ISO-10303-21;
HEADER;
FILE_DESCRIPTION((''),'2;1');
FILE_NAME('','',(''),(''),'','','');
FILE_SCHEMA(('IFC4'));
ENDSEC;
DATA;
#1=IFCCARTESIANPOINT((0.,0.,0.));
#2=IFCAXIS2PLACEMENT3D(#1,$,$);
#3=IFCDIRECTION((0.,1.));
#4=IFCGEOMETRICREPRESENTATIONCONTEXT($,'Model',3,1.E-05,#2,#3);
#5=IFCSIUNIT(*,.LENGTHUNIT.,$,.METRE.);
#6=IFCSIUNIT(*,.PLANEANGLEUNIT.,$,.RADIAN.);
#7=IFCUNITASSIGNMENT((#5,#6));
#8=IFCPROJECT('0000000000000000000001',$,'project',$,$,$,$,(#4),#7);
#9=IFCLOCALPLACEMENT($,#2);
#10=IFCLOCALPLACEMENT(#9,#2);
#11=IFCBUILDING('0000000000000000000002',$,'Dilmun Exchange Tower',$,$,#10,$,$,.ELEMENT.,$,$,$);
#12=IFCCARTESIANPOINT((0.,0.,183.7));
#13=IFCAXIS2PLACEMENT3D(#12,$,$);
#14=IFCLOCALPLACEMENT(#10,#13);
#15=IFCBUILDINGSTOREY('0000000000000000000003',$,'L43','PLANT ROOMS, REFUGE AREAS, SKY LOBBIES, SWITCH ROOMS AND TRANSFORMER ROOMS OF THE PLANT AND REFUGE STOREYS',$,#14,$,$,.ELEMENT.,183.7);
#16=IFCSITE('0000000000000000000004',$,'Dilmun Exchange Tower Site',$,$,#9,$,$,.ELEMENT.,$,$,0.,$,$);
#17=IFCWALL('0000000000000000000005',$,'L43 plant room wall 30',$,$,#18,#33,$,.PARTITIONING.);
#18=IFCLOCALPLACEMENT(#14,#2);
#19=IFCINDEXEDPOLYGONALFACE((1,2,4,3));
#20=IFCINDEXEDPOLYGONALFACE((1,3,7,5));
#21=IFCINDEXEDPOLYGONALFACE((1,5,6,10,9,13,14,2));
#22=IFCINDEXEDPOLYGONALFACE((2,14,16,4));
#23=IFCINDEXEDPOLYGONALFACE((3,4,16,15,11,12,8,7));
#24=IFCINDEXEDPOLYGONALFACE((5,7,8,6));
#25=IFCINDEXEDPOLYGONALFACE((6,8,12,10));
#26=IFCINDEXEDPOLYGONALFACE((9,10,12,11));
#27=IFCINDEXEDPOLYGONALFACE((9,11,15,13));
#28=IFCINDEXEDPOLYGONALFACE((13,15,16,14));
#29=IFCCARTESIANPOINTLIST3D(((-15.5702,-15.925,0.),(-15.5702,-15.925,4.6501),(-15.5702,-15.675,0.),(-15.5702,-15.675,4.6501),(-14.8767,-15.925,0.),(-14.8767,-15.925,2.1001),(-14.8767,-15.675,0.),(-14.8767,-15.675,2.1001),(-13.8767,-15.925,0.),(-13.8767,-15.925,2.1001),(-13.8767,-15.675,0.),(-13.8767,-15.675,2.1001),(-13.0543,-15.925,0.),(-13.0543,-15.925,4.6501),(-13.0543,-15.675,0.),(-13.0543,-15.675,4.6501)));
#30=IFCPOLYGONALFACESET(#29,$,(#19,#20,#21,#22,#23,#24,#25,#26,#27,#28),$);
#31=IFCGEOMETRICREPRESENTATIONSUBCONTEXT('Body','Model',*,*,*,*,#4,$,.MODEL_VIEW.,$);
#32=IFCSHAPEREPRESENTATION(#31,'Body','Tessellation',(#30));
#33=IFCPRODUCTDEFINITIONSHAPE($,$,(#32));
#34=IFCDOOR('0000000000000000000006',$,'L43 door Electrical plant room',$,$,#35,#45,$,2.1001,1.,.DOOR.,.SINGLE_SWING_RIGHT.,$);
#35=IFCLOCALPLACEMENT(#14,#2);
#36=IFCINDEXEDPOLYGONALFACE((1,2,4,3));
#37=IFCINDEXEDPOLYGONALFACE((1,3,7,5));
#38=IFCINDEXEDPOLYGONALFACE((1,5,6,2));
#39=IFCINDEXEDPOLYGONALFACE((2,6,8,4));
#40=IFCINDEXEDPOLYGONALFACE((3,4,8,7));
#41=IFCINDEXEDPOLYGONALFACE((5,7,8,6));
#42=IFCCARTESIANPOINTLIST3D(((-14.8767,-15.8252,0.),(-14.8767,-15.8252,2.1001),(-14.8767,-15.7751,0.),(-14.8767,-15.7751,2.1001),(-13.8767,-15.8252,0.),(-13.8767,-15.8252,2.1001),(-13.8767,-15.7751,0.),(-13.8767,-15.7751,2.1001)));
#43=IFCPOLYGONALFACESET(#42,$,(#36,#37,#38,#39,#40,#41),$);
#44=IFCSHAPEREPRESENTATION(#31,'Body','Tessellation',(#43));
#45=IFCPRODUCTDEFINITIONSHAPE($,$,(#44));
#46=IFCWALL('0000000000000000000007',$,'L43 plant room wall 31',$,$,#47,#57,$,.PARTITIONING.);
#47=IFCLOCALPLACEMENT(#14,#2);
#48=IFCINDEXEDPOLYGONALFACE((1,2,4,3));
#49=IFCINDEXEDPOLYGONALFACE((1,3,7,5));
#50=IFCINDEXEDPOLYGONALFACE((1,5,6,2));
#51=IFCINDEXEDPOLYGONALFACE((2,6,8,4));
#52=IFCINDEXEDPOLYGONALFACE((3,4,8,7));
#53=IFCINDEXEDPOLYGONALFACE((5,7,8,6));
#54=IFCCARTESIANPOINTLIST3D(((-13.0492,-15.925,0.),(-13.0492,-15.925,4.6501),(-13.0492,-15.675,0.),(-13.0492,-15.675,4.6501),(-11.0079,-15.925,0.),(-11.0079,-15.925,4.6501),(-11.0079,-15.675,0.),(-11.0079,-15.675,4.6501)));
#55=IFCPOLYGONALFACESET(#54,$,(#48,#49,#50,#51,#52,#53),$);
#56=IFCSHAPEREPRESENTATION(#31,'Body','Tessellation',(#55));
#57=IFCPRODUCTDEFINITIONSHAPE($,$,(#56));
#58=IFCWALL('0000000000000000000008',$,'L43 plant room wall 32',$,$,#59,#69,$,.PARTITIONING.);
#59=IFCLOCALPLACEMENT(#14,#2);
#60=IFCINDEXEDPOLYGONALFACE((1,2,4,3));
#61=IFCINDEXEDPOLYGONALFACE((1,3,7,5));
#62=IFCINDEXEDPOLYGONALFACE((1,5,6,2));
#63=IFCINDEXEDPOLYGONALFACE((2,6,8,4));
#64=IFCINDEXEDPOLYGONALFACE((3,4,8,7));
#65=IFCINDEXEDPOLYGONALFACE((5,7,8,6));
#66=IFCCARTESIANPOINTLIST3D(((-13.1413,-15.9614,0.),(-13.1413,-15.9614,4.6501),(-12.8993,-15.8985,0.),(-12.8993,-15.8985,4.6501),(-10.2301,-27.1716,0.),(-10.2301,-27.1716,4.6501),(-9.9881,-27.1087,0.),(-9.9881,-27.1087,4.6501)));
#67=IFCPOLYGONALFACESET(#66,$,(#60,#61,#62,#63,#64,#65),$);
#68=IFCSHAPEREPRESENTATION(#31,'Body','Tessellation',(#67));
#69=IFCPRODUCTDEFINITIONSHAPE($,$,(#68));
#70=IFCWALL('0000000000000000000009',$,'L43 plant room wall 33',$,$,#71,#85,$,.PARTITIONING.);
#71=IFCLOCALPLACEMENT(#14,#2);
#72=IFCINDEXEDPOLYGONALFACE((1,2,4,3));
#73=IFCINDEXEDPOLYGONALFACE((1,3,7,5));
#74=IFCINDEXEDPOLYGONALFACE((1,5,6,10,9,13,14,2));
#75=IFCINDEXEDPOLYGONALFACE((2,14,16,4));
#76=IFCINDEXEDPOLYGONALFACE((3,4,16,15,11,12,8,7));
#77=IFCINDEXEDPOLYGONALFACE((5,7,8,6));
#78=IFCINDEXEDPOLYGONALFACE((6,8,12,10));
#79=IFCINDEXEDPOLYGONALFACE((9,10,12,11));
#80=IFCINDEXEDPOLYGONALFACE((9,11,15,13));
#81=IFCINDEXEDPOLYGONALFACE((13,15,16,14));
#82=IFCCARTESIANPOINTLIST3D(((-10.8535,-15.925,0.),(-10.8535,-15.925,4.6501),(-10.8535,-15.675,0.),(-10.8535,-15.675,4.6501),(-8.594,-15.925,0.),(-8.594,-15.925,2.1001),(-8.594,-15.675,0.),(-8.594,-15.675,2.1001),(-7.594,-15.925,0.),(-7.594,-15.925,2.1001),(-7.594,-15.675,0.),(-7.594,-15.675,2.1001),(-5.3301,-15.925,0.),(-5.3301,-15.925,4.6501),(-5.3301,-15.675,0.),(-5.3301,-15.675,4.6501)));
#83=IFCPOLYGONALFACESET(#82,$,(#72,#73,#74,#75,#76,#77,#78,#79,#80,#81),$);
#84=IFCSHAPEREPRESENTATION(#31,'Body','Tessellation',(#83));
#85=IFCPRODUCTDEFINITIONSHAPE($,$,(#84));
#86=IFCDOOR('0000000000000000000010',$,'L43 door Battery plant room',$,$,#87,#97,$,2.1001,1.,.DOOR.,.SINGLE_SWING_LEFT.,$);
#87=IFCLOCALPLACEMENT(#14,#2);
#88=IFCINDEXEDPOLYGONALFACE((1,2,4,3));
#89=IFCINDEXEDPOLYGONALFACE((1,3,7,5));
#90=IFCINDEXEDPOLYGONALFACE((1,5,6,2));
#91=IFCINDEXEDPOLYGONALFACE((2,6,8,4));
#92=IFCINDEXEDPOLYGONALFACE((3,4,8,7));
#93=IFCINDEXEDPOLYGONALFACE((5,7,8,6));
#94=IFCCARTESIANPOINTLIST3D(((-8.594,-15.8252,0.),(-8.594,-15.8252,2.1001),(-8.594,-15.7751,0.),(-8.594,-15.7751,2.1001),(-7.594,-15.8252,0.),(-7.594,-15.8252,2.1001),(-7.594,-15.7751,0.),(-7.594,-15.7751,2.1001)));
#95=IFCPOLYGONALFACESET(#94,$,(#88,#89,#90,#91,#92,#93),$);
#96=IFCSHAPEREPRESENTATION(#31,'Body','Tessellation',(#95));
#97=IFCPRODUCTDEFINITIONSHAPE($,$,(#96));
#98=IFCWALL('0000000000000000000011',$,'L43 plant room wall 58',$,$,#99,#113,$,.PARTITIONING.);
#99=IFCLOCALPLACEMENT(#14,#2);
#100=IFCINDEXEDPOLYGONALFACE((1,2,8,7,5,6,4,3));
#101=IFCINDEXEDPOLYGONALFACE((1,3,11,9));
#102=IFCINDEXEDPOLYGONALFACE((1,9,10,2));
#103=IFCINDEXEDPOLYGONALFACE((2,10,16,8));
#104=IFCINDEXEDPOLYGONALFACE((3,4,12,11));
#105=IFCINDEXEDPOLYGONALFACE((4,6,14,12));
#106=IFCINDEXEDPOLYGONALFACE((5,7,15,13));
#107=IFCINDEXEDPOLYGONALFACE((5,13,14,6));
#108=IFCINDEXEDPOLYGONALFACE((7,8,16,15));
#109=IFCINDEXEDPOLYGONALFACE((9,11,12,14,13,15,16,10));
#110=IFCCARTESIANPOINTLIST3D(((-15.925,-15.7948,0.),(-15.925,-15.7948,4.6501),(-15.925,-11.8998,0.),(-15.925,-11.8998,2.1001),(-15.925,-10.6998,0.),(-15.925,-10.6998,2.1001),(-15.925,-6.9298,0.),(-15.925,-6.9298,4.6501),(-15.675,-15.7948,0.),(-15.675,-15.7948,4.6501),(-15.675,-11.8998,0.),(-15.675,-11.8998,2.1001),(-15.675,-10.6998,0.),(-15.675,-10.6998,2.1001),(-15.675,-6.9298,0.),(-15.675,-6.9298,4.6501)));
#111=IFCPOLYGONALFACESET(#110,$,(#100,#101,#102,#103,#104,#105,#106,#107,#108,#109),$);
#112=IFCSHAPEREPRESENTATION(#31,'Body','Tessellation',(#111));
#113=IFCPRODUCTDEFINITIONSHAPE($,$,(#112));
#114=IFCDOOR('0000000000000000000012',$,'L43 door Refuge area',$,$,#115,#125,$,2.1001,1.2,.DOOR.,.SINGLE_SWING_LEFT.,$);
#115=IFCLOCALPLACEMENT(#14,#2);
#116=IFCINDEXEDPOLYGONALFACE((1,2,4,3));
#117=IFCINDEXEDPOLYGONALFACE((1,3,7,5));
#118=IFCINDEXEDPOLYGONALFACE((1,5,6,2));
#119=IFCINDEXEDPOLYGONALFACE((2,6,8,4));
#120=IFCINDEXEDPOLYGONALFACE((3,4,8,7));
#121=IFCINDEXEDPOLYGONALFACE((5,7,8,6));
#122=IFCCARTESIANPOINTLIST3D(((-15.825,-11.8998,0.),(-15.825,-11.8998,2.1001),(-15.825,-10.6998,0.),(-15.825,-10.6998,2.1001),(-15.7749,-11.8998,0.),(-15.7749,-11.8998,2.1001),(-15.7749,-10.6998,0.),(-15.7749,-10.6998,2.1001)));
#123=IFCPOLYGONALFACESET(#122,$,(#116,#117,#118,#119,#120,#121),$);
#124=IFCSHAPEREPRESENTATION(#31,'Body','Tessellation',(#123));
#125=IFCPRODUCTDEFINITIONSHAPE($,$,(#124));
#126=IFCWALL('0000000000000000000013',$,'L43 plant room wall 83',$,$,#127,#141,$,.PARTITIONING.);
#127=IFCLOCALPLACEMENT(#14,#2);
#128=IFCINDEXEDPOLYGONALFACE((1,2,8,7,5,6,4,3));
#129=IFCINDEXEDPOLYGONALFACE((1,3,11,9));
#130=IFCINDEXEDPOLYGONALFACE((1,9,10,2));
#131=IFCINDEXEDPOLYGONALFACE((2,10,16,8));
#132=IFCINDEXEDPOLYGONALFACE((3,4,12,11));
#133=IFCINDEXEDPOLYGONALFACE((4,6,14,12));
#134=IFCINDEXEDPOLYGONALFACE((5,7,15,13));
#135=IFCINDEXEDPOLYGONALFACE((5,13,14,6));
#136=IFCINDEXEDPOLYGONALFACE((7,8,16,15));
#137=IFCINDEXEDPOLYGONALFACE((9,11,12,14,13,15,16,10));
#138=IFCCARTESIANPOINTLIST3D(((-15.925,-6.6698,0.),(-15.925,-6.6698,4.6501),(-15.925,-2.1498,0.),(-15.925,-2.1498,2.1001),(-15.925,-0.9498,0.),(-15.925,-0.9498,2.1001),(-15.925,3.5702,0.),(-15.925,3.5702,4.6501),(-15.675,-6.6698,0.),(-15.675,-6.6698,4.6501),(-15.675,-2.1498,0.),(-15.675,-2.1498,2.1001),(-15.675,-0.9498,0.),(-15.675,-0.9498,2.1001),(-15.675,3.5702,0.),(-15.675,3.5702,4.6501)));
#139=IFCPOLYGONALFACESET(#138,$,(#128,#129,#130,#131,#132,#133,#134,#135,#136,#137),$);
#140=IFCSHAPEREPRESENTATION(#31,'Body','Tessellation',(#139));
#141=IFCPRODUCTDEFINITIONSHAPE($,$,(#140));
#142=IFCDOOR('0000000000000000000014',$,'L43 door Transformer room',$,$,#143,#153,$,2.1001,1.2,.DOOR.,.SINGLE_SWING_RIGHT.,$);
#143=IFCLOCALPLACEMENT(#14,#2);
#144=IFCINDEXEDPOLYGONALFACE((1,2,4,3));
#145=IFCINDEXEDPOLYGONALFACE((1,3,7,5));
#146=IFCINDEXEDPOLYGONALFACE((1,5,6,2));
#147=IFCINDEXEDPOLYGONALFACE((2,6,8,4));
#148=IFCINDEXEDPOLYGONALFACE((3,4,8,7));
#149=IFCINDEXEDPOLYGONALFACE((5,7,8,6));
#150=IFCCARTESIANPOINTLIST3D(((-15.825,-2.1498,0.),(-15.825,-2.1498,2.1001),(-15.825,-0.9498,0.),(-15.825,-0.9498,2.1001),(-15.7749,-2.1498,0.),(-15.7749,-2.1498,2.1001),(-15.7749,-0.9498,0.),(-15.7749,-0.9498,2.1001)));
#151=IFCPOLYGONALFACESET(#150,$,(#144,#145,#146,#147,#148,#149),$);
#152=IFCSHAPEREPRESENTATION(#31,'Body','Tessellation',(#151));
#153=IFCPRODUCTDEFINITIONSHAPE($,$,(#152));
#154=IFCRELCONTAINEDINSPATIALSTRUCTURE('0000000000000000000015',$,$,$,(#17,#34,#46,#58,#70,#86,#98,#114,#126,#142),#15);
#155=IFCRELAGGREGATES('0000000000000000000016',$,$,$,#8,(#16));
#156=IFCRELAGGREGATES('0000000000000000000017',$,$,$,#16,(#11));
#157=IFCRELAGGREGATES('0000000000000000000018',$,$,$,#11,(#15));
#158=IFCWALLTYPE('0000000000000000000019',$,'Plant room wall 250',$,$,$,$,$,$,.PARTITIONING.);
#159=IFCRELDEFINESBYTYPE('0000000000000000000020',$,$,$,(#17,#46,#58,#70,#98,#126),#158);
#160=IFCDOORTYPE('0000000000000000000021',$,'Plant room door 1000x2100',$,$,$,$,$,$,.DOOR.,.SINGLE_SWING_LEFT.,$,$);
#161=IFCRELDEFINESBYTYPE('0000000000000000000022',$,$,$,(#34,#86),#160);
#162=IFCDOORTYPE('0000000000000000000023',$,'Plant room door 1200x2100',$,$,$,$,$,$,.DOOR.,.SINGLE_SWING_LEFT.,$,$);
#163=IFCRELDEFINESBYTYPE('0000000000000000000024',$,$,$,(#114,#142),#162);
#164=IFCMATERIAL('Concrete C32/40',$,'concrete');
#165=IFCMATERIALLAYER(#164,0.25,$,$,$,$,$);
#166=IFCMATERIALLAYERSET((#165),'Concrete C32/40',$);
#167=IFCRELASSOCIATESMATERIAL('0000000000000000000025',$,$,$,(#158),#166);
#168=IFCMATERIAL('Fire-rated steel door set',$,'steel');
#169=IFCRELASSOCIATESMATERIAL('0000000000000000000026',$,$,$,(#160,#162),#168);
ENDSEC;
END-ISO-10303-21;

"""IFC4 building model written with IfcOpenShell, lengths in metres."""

from ifc_helpers import new_model, si_unit, direction, frame, frame_2d, origin, place, context, subcontext, project, spatial, rectangle, extrude, material, layer, layer_set, type_object, element, fill, save


model = new_model("IFC4")

# Units and contexts
model_context = context("Model", 3, precision=1e-05, world=origin(), true_north=direction((0.0, 1.0)))
body_context = subcontext(model_context, "Body", "Model", "MODEL_VIEW")
ifc_project = project(units=[si_unit("LENGTHUNIT", "METRE"), si_unit("PLANEANGLEUNIT", "RADIAN")], contexts=[model_context])

# Site, building, storey
site_placement = place(None, origin())
site = spatial("IfcSite", under=ifc_project, at=site_placement, Name="Dilmun Exchange Tower Site", CompositionType="ELEMENT", RefElevation=0.0)
building_placement = place(site_placement, origin())
building = spatial("IfcBuilding", under=site, at=building_placement, Name="Dilmun Exchange Tower", CompositionType="ELEMENT")
storey_placement = place(building_placement, frame((0.0, 0.0, 183.7)))
storey = spatial("IfcBuildingStorey", under=building, at=storey_placement, Name="L43", Description="PLANT ROOMS, REFUGE AREAS, SKY LOBBIES, SWITCH ROOMS AND TRANSFORMER ROOMS OF THE PLANT AND REFUGE STOREYS", CompositionType="ELEMENT", Elevation=183.7)

# Shared definitions
ifc_material_1 = material(Name="Fire-rated steel door set", Category="steel")

# Shared definitions
ifc_material_2 = material(Name="Concrete C32/40", Category="concrete")
ifc_layer_1 = layer(ifc_material_2, 0.25)
ifc_layer_set_1 = layer_set([ifc_layer_1], Name="Concrete C32/40")
wall_type_1 = type_object("IfcWallType", Name="Plant room wall 250", PredefinedType="PARTITIONING", material=ifc_layer_set_1)

# Wall, opening, door
wall_1_placement = place(storey_placement, frame((-15.5701, -15.8, 0.0), z_axis=(0.0, 0.0, 1.0), x_axis=(1.0, 0.0, 0.0)))
wall_1 = element("IfcWall", 1, at=wall_1_placement, inside=storey, type_object=wall_type_1, Name="L43 plant room wall 30", PredefinedType="PARTITIONING", context=body_context, shape_type="SweptSolid", body=[
    extrude(rectangle(XDim=2.5159, YDim=0.25, at=frame_2d((1.2578, 0.0))), origin(), (0.0, 0.0, 1.0), 4.6501),
])
opening_1_placement = place(wall_1_placement, frame((0.6934, 0.0, 0.0)))
opening_1 = element("IfcOpeningElement", 2, at=opening_1_placement, cuts=wall_1, PredefinedType="OPENING", context=body_context, shape_type="SweptSolid", body=[
    extrude(rectangle(XDim=1.0, YDim=2.1001, at=frame_2d((0.5, 1.05))), frame((0.0, 0.135, 0.0), z_axis=(0.0, -1.0, 0.0), x_axis=(1.0, 0.0, 0.0)), (0.0, 0.0, 1.0), 0.27),
])
door_type_1 = type_object("IfcDoorType", Name="Plant room door 1000x2100", OperationType="SINGLE_SWING_LEFT", PredefinedType="DOOR", material=ifc_material_1)
door_1_placement = place(opening_1_placement, origin())
door_1 = element("IfcDoor", 3, at=door_1_placement, inside=storey, type_object=door_type_1, Name="L43 door Electrical plant room", OperationType="SINGLE_SWING_RIGHT", OverallHeight=2.1001, OverallWidth=1.0, PredefinedType="DOOR", context=body_context, shape_type="SweptSolid", body=[
    extrude(rectangle(XDim=1.0, YDim=2.1001, at=frame_2d((0.5, 1.05))), frame((0.0, 0.0249, 0.0), z_axis=(0.0, -1.0, 0.0), x_axis=(1.0, 0.0, 0.0)), (0.0, 0.0, 1.0), 0.05),
])
fill(opening_1, door_1)

# Walls
wall_2_placement = place(storey_placement, frame((-13.0491, -15.8, 0.0), z_axis=(0.0, 0.0, 1.0), x_axis=(1.0, 0.0, 0.0)))
element("IfcWall", 4, at=wall_2_placement, inside=storey, type_object=wall_type_1, Name="L43 plant room wall 31", PredefinedType="PARTITIONING", context=body_context, shape_type="SweptSolid", body=[
    extrude(rectangle(XDim=2.0413, YDim=0.25, at=frame_2d((1.0205, 0.0))), origin(), (0.0, 0.0, 1.0), 4.6501),
])
wall_3_placement = place(storey_placement, frame((-13.0203, -15.9299, 0.0), z_axis=(0.0, 0.0, 1.0), x_axis=(0.251349, -0.967896, 0.0)))
element("IfcWall", 5, at=wall_3_placement, inside=storey, type_object=wall_type_1, Name="L43 plant room wall 32", PredefinedType="PARTITIONING", context=body_context, shape_type="SweptSolid", body=[
    extrude(rectangle(XDim=11.582, YDim=0.25, at=frame_2d((5.791, 0.0))), origin(), (0.0, 0.0, 1.0), 4.6501),
])

# Walls, openings, doors
wall_4_placement = place(storey_placement, frame((-10.8535, -15.8, 0.0), z_axis=(0.0, 0.0, 1.0), x_axis=(1.0, 0.0, 0.0)))
wall_4 = element("IfcWall", 6, at=wall_4_placement, inside=storey, type_object=wall_type_1, Name="L43 plant room wall 33", PredefinedType="PARTITIONING", context=body_context, shape_type="SweptSolid", body=[
    extrude(rectangle(XDim=5.5234, YDim=0.25, at=frame_2d((2.7617, 0.0))), origin(), (0.0, 0.0, 1.0), 4.6501),
])
opening_2_placement = place(wall_4_placement, frame((2.2595, 0.0, 0.0)))
opening_2 = element("IfcOpeningElement", 7, at=opening_2_placement, cuts=wall_4, PredefinedType="OPENING", context=body_context, shape_type="SweptSolid", body=[
    extrude(rectangle(XDim=1.0, YDim=2.1001, at=frame_2d((0.5, 1.05))), frame((0.0, 0.135, 0.0), z_axis=(0.0, -1.0, 0.0), x_axis=(1.0, 0.0, 0.0)), (0.0, 0.0, 1.0), 0.27),
])
door_2_placement = place(opening_2_placement, origin())
door_2 = element("IfcDoor", 8, at=door_2_placement, inside=storey, type_object=door_type_1, Name="L43 door Battery plant room", OperationType="SINGLE_SWING_LEFT", OverallHeight=2.1001, OverallWidth=1.0, PredefinedType="DOOR", context=body_context, shape_type="SweptSolid", body=[
    extrude(rectangle(XDim=1.0, YDim=2.1001, at=frame_2d((0.5, 1.05))), frame((0.0, 0.0249, 0.0), z_axis=(0.0, -1.0, 0.0), x_axis=(1.0, 0.0, 0.0)), (0.0, 0.0, 1.0), 0.05),
])
fill(opening_2, door_2)
wall_5_placement = place(storey_placement, frame((-15.8, -15.7949, 0.0), z_axis=(0.0, 0.0, 1.0), x_axis=(0.0, 1.0, 0.0)))
wall_5 = element("IfcWall", 9, at=wall_5_placement, inside=storey, type_object=wall_type_1, Name="L43 plant room wall 58", PredefinedType="PARTITIONING", context=body_context, shape_type="SweptSolid", body=[
    extrude(rectangle(XDim=8.865, YDim=0.25, at=frame_2d((4.4326, 0.0))), origin(), (0.0, 0.0, 1.0), 4.6501),
])
opening_3_placement = place(wall_5_placement, frame((3.895, 0.0, 0.0)))
opening_3 = element("IfcOpeningElement", 10, at=opening_3_placement, cuts=wall_5, PredefinedType="OPENING", context=body_context, shape_type="SweptSolid", body=[
    extrude(rectangle(XDim=1.2, YDim=2.1001, at=frame_2d((0.6001, 1.05))), frame((0.0, 0.135, 0.0), z_axis=(0.0, -1.0, 0.0), x_axis=(1.0, 0.0, 0.0)), (0.0, 0.0, 1.0), 0.27),
])
door_type_2 = type_object("IfcDoorType", Name="Plant room door 1200x2100", OperationType="SINGLE_SWING_LEFT", PredefinedType="DOOR", material=ifc_material_1)
door_3_placement = place(opening_3_placement, origin())
door_3 = element("IfcDoor", 11, at=door_3_placement, inside=storey, type_object=door_type_2, Name="L43 door Refuge area", OperationType="SINGLE_SWING_LEFT", OverallHeight=2.1001, OverallWidth=1.2, PredefinedType="DOOR", context=body_context, shape_type="SweptSolid", body=[
    extrude(rectangle(XDim=1.2, YDim=2.1001, at=frame_2d((0.6001, 1.05))), frame((0.0, 0.0249, 0.0), z_axis=(0.0, -1.0, 0.0), x_axis=(1.0, 0.0, 0.0)), (0.0, 0.0, 1.0), 0.05),
])
fill(opening_3, door_3)
wall_6_placement = place(storey_placement, frame((-15.8, -6.6699, 0.0), z_axis=(0.0, 0.0, 1.0), x_axis=(0.0, 1.0, 0.0)))
wall_6 = element("IfcWall", 12, at=wall_6_placement, inside=storey, type_object=wall_type_1, Name="L43 plant room wall 83", PredefinedType="PARTITIONING", context=body_context, shape_type="SweptSolid", body=[
    extrude(rectangle(XDim=10.24, YDim=0.25, at=frame_2d((5.1201, 0.0))), origin(), (0.0, 0.0, 1.0), 4.6501),
])
opening_4_placement = place(wall_6_placement, frame((4.52, 0.0, 0.0)))
opening_4 = element("IfcOpeningElement", 13, at=opening_4_placement, cuts=wall_6, PredefinedType="OPENING", context=body_context, shape_type="SweptSolid", body=[
    extrude(rectangle(XDim=1.2, YDim=2.1001, at=frame_2d((0.6001, 1.05))), frame((0.0, 0.135, 0.0), z_axis=(0.0, -1.0, 0.0), x_axis=(1.0, 0.0, 0.0)), (0.0, 0.0, 1.0), 0.27),
])
door_4_placement = place(opening_4_placement, origin())
door_4 = element("IfcDoor", 14, at=door_4_placement, inside=storey, type_object=door_type_2, Name="L43 door Transformer room", OperationType="SINGLE_SWING_RIGHT", OverallHeight=2.1001, OverallWidth=1.2, PredefinedType="DOOR", context=body_context, shape_type="SweptSolid", body=[
    extrude(rectangle(XDim=1.2, YDim=2.1001, at=frame_2d((0.6001, 1.05))), frame((0.0, 0.0249, 0.0), z_axis=(0.0, -1.0, 0.0), x_axis=(1.0, 0.0, 0.0)), (0.0, 0.0, 1.0), 0.05),
])
fill(opening_4, door_4)

save(model, "model.ifc")
